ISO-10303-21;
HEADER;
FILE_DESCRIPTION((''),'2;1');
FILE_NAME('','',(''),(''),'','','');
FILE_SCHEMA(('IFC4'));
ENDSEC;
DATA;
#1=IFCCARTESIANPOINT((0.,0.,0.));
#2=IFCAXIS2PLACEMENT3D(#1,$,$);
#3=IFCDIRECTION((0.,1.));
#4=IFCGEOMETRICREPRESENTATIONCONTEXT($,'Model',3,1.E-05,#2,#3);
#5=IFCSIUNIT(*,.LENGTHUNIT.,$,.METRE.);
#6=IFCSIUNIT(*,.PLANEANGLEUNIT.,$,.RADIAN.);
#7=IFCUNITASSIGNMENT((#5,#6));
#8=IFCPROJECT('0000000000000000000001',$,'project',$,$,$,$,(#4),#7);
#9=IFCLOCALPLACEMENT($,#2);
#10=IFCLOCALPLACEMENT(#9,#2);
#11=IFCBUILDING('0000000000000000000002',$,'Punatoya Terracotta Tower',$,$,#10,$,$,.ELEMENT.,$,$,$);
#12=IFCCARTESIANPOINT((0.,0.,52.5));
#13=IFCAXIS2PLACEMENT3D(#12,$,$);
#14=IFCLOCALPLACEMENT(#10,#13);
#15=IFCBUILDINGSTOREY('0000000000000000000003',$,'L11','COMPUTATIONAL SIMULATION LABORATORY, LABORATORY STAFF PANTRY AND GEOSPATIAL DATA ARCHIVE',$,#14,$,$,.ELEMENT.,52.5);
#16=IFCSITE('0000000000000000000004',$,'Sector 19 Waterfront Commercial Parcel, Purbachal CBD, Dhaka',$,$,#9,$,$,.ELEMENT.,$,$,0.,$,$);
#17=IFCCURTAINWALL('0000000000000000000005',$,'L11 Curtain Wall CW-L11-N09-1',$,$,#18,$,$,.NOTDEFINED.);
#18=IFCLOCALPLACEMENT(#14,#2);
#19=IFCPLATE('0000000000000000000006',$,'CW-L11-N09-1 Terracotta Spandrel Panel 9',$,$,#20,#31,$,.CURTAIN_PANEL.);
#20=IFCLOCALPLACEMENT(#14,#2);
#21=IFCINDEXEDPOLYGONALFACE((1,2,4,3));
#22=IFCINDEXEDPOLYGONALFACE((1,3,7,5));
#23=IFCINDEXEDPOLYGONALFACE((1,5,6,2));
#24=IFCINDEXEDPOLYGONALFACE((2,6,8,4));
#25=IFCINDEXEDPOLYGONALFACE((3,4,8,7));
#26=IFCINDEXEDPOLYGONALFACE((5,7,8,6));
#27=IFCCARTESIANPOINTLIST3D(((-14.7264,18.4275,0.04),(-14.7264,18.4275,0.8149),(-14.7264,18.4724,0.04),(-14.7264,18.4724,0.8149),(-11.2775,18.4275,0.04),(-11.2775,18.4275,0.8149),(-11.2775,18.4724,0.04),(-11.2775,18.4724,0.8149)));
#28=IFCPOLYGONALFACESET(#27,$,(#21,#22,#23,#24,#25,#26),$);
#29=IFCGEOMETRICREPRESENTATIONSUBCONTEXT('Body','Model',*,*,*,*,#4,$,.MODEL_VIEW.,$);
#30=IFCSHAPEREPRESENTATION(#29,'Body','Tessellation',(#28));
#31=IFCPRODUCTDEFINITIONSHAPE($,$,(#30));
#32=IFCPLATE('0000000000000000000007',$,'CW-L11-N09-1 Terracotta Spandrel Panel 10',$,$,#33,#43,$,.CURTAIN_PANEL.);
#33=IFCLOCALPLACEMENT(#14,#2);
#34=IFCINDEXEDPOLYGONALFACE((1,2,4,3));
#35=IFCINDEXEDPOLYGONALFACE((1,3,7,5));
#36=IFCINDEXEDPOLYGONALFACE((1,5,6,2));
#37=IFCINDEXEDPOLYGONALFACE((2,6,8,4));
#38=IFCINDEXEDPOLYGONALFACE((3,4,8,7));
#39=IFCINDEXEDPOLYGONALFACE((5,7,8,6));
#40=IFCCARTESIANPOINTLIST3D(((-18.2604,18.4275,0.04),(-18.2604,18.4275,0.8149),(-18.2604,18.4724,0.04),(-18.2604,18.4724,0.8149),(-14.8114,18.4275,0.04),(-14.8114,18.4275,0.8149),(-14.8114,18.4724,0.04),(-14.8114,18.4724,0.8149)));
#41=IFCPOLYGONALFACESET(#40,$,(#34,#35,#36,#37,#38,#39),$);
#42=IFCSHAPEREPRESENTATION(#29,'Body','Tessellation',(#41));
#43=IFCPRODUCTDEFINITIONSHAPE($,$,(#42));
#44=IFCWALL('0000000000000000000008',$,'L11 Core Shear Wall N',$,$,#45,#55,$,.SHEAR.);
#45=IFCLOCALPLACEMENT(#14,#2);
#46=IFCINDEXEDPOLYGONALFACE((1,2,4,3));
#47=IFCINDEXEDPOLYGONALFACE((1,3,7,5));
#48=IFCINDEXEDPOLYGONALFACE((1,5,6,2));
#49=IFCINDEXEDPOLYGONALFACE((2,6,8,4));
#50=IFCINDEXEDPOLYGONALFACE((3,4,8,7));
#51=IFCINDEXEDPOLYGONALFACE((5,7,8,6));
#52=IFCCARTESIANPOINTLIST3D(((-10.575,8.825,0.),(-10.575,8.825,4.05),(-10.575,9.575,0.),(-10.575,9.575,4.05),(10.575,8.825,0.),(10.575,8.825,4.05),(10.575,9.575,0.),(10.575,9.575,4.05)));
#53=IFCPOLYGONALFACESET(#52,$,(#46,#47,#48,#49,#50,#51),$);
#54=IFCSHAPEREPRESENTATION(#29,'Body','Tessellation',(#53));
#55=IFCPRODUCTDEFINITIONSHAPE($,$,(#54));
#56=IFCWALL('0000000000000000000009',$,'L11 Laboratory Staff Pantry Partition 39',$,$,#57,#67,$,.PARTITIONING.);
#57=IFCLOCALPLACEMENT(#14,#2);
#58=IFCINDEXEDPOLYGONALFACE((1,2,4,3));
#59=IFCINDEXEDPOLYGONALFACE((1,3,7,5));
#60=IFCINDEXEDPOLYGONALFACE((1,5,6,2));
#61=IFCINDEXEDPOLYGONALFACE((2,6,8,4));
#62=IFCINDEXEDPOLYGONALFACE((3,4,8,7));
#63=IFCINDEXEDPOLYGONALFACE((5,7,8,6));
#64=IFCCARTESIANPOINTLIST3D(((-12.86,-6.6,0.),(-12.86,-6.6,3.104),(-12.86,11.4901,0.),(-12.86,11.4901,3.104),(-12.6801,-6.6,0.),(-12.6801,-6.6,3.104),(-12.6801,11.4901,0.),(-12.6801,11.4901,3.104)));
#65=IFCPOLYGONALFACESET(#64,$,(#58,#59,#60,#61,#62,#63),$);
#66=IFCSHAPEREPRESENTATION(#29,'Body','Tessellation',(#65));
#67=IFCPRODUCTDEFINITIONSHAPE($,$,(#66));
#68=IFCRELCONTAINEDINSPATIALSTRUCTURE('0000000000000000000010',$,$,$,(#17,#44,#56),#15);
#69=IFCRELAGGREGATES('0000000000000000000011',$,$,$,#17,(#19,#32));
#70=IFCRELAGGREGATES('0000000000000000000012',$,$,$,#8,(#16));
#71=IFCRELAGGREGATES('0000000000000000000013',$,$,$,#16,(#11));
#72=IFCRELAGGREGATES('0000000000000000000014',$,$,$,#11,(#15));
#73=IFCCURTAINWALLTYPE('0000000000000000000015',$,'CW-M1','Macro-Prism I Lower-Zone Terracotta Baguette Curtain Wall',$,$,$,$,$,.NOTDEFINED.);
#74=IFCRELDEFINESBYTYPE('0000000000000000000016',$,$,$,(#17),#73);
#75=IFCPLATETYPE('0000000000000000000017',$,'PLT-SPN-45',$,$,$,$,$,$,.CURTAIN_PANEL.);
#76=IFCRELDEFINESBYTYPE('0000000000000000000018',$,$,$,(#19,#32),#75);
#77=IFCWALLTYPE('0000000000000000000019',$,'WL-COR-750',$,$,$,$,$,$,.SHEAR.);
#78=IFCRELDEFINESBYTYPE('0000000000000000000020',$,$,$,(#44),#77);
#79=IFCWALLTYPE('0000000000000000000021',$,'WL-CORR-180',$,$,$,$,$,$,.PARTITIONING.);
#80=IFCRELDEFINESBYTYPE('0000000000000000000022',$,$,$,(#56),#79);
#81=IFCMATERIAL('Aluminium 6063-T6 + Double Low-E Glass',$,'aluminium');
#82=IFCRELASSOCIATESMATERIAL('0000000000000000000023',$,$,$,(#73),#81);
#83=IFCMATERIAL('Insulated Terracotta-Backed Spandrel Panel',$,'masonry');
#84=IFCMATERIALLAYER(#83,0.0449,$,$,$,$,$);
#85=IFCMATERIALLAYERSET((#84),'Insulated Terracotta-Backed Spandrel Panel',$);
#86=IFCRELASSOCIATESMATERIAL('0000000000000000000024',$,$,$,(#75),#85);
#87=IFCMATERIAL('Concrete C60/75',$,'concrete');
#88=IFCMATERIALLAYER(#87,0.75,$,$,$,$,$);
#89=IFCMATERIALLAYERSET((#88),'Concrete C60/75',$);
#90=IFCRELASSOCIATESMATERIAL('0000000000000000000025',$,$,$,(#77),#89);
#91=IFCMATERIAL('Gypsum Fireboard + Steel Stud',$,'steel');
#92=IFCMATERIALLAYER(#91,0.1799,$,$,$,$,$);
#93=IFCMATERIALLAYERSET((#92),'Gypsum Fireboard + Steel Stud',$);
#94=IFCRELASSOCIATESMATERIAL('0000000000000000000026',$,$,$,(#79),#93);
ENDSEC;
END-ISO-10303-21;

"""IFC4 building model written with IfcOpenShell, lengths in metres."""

from ifc_helpers import new_model, si_unit, direction, frame, frame_2d, origin, origin_2d, place, context, subcontext, project, spatial, rectangle, extrude, material, layer, layer_set, type_object, element, aggregate, save


model = new_model("IFC4")

# Units and contexts
model_context = context("Model", 3, precision=1e-05, world=origin(), true_north=direction((0.0, 1.0)))
body_context = subcontext(model_context, "Body", "Model", "MODEL_VIEW")
ifc_project = project(units=[si_unit("LENGTHUNIT", "METRE"), si_unit("PLANEANGLEUNIT", "RADIAN")], contexts=[model_context])

# Site, building, storey
site_placement = place(None, origin())
site = spatial("IfcSite", under=ifc_project, at=site_placement, Name="Sector 19 Waterfront Commercial Parcel, Purbachal CBD, Dhaka", CompositionType="ELEMENT", RefElevation=0.0)
building_placement = place(site_placement, origin())
building = spatial("IfcBuilding", under=site, at=building_placement, Name="Punatoya Terracotta Tower", CompositionType="ELEMENT")
storey_placement = place(building_placement, frame((0.0, 0.0, 52.5)))
storey = spatial("IfcBuildingStorey", under=building, at=storey_placement, Name="L11", Description="COMPUTATIONAL SIMULATION LABORATORY, LABORATORY STAFF PANTRY AND GEOSPATIAL DATA ARCHIVE", CompositionType="ELEMENT", Elevation=52.5)

# Curtain wall, plates
ifc_material_1 = material(Name="Aluminium 6063-T6 + Double Low-E Glass", Category="aluminium")
curtain_wall_type = type_object("IfcCurtainWallType", Name="CW-M1", Description="Macro-Prism I Lower-Zone Terracotta Baguette Curtain Wall", PredefinedType="NOTDEFINED", material=ifc_material_1)
curtain_wall_placement = place(storey_placement, origin())
curtain_wall = element("IfcCurtainWall", 1, at=curtain_wall_placement, inside=storey, type_object=curtain_wall_type, Name="L11 Curtain Wall CW-L11-N09-1", PredefinedType="NOTDEFINED")
ifc_material_2 = material(Name="Insulated Terracotta-Backed Spandrel Panel", Category="masonry")
ifc_layer_1 = layer(ifc_material_2, 0.0449)
ifc_layer_set_1 = layer_set([ifc_layer_1], Name="Insulated Terracotta-Backed Spandrel Panel")
plate_type_1 = type_object("IfcPlateType", Name="PLT-SPN-45", PredefinedType="CURTAIN_PANEL", material=ifc_layer_set_1)
plate_1_placement = place(storey_placement, frame((-13.002, 18.45, 0.04), z_axis=(0.0, 0.0, 1.0), x_axis=(-1.0, 0.0, 0.0)))
plate_1 = element("IfcPlate", 2, at=plate_1_placement, type_object=plate_type_1, Name="CW-L11-N09-1 Terracotta Spandrel Panel 9", PredefinedType="CURTAIN_PANEL", context=body_context, shape_type="SweptSolid", body=[
    extrude(rectangle(XDim=3.449, YDim=0.0449, at=origin_2d()), origin(), (0.0, 0.0, 1.0), 0.7749),
])
plate_2_placement = place(storey_placement, frame((-16.5359, 18.45, 0.04), z_axis=(0.0, 0.0, 1.0), x_axis=(-1.0, 0.0, 0.0)))
plate_2 = element("IfcPlate", 3, at=plate_2_placement, type_object=plate_type_1, Name="CW-L11-N09-1 Terracotta Spandrel Panel 10", PredefinedType="CURTAIN_PANEL", context=body_context, shape_type="SweptSolid", body=[
    extrude(rectangle(XDim=3.449, YDim=0.0449, at=origin_2d()), origin(), (0.0, 0.0, 1.0), 0.7749),
])
aggregate(curtain_wall, [plate_1, plate_2])

# Walls
ifc_material_3 = material(Name="Concrete C60/75", Category="concrete")
ifc_layer_2 = layer(ifc_material_3, 0.75)
ifc_layer_set_2 = layer_set([ifc_layer_2], Name="Concrete C60/75")
wall_type_1 = type_object("IfcWallType", Name="WL-COR-750", PredefinedType="SHEAR", material=ifc_layer_set_2)
wall_1_placement = place(storey_placement, frame((-10.575, 9.2, 0.0), z_axis=(0.0, 0.0, 1.0), x_axis=(1.0, 0.0, 0.0)))
element("IfcWall", 4, at=wall_1_placement, inside=storey, type_object=wall_type_1, Name="L11 Core Shear Wall N", PredefinedType="SHEAR", context=body_context, shape_type="SweptSolid", body=[
    extrude(rectangle(XDim=21.1499, YDim=0.75, at=frame_2d((10.575, 0.0))), origin(), (0.0, 0.0, 1.0), 4.05),
])
ifc_material_4 = material(Name="Gypsum Fireboard + Steel Stud", Category="steel")
ifc_layer_3 = layer(ifc_material_4, 0.1799)
ifc_layer_set_3 = layer_set([ifc_layer_3], Name="Gypsum Fireboard + Steel Stud")
wall_type_2 = type_object("IfcWallType", Name="WL-CORR-180", PredefinedType="PARTITIONING", material=ifc_layer_set_3)
wall_2_placement = place(storey_placement, frame((-12.77, 11.49, 0.0), z_axis=(0.0, 0.0, 1.0), x_axis=(0.0, -1.0, 0.0)))
element("IfcWall", 5, at=wall_2_placement, inside=storey, type_object=wall_type_2, Name="L11 Laboratory Staff Pantry Partition 39", PredefinedType="PARTITIONING", context=body_context, shape_type="SweptSolid", body=[
    extrude(rectangle(XDim=18.0901, YDim=0.1799, at=frame_2d((9.0449, 0.0))), origin(), (0.0, 0.0, 1.0), 3.104),
])

save(model, "model.ifc")
